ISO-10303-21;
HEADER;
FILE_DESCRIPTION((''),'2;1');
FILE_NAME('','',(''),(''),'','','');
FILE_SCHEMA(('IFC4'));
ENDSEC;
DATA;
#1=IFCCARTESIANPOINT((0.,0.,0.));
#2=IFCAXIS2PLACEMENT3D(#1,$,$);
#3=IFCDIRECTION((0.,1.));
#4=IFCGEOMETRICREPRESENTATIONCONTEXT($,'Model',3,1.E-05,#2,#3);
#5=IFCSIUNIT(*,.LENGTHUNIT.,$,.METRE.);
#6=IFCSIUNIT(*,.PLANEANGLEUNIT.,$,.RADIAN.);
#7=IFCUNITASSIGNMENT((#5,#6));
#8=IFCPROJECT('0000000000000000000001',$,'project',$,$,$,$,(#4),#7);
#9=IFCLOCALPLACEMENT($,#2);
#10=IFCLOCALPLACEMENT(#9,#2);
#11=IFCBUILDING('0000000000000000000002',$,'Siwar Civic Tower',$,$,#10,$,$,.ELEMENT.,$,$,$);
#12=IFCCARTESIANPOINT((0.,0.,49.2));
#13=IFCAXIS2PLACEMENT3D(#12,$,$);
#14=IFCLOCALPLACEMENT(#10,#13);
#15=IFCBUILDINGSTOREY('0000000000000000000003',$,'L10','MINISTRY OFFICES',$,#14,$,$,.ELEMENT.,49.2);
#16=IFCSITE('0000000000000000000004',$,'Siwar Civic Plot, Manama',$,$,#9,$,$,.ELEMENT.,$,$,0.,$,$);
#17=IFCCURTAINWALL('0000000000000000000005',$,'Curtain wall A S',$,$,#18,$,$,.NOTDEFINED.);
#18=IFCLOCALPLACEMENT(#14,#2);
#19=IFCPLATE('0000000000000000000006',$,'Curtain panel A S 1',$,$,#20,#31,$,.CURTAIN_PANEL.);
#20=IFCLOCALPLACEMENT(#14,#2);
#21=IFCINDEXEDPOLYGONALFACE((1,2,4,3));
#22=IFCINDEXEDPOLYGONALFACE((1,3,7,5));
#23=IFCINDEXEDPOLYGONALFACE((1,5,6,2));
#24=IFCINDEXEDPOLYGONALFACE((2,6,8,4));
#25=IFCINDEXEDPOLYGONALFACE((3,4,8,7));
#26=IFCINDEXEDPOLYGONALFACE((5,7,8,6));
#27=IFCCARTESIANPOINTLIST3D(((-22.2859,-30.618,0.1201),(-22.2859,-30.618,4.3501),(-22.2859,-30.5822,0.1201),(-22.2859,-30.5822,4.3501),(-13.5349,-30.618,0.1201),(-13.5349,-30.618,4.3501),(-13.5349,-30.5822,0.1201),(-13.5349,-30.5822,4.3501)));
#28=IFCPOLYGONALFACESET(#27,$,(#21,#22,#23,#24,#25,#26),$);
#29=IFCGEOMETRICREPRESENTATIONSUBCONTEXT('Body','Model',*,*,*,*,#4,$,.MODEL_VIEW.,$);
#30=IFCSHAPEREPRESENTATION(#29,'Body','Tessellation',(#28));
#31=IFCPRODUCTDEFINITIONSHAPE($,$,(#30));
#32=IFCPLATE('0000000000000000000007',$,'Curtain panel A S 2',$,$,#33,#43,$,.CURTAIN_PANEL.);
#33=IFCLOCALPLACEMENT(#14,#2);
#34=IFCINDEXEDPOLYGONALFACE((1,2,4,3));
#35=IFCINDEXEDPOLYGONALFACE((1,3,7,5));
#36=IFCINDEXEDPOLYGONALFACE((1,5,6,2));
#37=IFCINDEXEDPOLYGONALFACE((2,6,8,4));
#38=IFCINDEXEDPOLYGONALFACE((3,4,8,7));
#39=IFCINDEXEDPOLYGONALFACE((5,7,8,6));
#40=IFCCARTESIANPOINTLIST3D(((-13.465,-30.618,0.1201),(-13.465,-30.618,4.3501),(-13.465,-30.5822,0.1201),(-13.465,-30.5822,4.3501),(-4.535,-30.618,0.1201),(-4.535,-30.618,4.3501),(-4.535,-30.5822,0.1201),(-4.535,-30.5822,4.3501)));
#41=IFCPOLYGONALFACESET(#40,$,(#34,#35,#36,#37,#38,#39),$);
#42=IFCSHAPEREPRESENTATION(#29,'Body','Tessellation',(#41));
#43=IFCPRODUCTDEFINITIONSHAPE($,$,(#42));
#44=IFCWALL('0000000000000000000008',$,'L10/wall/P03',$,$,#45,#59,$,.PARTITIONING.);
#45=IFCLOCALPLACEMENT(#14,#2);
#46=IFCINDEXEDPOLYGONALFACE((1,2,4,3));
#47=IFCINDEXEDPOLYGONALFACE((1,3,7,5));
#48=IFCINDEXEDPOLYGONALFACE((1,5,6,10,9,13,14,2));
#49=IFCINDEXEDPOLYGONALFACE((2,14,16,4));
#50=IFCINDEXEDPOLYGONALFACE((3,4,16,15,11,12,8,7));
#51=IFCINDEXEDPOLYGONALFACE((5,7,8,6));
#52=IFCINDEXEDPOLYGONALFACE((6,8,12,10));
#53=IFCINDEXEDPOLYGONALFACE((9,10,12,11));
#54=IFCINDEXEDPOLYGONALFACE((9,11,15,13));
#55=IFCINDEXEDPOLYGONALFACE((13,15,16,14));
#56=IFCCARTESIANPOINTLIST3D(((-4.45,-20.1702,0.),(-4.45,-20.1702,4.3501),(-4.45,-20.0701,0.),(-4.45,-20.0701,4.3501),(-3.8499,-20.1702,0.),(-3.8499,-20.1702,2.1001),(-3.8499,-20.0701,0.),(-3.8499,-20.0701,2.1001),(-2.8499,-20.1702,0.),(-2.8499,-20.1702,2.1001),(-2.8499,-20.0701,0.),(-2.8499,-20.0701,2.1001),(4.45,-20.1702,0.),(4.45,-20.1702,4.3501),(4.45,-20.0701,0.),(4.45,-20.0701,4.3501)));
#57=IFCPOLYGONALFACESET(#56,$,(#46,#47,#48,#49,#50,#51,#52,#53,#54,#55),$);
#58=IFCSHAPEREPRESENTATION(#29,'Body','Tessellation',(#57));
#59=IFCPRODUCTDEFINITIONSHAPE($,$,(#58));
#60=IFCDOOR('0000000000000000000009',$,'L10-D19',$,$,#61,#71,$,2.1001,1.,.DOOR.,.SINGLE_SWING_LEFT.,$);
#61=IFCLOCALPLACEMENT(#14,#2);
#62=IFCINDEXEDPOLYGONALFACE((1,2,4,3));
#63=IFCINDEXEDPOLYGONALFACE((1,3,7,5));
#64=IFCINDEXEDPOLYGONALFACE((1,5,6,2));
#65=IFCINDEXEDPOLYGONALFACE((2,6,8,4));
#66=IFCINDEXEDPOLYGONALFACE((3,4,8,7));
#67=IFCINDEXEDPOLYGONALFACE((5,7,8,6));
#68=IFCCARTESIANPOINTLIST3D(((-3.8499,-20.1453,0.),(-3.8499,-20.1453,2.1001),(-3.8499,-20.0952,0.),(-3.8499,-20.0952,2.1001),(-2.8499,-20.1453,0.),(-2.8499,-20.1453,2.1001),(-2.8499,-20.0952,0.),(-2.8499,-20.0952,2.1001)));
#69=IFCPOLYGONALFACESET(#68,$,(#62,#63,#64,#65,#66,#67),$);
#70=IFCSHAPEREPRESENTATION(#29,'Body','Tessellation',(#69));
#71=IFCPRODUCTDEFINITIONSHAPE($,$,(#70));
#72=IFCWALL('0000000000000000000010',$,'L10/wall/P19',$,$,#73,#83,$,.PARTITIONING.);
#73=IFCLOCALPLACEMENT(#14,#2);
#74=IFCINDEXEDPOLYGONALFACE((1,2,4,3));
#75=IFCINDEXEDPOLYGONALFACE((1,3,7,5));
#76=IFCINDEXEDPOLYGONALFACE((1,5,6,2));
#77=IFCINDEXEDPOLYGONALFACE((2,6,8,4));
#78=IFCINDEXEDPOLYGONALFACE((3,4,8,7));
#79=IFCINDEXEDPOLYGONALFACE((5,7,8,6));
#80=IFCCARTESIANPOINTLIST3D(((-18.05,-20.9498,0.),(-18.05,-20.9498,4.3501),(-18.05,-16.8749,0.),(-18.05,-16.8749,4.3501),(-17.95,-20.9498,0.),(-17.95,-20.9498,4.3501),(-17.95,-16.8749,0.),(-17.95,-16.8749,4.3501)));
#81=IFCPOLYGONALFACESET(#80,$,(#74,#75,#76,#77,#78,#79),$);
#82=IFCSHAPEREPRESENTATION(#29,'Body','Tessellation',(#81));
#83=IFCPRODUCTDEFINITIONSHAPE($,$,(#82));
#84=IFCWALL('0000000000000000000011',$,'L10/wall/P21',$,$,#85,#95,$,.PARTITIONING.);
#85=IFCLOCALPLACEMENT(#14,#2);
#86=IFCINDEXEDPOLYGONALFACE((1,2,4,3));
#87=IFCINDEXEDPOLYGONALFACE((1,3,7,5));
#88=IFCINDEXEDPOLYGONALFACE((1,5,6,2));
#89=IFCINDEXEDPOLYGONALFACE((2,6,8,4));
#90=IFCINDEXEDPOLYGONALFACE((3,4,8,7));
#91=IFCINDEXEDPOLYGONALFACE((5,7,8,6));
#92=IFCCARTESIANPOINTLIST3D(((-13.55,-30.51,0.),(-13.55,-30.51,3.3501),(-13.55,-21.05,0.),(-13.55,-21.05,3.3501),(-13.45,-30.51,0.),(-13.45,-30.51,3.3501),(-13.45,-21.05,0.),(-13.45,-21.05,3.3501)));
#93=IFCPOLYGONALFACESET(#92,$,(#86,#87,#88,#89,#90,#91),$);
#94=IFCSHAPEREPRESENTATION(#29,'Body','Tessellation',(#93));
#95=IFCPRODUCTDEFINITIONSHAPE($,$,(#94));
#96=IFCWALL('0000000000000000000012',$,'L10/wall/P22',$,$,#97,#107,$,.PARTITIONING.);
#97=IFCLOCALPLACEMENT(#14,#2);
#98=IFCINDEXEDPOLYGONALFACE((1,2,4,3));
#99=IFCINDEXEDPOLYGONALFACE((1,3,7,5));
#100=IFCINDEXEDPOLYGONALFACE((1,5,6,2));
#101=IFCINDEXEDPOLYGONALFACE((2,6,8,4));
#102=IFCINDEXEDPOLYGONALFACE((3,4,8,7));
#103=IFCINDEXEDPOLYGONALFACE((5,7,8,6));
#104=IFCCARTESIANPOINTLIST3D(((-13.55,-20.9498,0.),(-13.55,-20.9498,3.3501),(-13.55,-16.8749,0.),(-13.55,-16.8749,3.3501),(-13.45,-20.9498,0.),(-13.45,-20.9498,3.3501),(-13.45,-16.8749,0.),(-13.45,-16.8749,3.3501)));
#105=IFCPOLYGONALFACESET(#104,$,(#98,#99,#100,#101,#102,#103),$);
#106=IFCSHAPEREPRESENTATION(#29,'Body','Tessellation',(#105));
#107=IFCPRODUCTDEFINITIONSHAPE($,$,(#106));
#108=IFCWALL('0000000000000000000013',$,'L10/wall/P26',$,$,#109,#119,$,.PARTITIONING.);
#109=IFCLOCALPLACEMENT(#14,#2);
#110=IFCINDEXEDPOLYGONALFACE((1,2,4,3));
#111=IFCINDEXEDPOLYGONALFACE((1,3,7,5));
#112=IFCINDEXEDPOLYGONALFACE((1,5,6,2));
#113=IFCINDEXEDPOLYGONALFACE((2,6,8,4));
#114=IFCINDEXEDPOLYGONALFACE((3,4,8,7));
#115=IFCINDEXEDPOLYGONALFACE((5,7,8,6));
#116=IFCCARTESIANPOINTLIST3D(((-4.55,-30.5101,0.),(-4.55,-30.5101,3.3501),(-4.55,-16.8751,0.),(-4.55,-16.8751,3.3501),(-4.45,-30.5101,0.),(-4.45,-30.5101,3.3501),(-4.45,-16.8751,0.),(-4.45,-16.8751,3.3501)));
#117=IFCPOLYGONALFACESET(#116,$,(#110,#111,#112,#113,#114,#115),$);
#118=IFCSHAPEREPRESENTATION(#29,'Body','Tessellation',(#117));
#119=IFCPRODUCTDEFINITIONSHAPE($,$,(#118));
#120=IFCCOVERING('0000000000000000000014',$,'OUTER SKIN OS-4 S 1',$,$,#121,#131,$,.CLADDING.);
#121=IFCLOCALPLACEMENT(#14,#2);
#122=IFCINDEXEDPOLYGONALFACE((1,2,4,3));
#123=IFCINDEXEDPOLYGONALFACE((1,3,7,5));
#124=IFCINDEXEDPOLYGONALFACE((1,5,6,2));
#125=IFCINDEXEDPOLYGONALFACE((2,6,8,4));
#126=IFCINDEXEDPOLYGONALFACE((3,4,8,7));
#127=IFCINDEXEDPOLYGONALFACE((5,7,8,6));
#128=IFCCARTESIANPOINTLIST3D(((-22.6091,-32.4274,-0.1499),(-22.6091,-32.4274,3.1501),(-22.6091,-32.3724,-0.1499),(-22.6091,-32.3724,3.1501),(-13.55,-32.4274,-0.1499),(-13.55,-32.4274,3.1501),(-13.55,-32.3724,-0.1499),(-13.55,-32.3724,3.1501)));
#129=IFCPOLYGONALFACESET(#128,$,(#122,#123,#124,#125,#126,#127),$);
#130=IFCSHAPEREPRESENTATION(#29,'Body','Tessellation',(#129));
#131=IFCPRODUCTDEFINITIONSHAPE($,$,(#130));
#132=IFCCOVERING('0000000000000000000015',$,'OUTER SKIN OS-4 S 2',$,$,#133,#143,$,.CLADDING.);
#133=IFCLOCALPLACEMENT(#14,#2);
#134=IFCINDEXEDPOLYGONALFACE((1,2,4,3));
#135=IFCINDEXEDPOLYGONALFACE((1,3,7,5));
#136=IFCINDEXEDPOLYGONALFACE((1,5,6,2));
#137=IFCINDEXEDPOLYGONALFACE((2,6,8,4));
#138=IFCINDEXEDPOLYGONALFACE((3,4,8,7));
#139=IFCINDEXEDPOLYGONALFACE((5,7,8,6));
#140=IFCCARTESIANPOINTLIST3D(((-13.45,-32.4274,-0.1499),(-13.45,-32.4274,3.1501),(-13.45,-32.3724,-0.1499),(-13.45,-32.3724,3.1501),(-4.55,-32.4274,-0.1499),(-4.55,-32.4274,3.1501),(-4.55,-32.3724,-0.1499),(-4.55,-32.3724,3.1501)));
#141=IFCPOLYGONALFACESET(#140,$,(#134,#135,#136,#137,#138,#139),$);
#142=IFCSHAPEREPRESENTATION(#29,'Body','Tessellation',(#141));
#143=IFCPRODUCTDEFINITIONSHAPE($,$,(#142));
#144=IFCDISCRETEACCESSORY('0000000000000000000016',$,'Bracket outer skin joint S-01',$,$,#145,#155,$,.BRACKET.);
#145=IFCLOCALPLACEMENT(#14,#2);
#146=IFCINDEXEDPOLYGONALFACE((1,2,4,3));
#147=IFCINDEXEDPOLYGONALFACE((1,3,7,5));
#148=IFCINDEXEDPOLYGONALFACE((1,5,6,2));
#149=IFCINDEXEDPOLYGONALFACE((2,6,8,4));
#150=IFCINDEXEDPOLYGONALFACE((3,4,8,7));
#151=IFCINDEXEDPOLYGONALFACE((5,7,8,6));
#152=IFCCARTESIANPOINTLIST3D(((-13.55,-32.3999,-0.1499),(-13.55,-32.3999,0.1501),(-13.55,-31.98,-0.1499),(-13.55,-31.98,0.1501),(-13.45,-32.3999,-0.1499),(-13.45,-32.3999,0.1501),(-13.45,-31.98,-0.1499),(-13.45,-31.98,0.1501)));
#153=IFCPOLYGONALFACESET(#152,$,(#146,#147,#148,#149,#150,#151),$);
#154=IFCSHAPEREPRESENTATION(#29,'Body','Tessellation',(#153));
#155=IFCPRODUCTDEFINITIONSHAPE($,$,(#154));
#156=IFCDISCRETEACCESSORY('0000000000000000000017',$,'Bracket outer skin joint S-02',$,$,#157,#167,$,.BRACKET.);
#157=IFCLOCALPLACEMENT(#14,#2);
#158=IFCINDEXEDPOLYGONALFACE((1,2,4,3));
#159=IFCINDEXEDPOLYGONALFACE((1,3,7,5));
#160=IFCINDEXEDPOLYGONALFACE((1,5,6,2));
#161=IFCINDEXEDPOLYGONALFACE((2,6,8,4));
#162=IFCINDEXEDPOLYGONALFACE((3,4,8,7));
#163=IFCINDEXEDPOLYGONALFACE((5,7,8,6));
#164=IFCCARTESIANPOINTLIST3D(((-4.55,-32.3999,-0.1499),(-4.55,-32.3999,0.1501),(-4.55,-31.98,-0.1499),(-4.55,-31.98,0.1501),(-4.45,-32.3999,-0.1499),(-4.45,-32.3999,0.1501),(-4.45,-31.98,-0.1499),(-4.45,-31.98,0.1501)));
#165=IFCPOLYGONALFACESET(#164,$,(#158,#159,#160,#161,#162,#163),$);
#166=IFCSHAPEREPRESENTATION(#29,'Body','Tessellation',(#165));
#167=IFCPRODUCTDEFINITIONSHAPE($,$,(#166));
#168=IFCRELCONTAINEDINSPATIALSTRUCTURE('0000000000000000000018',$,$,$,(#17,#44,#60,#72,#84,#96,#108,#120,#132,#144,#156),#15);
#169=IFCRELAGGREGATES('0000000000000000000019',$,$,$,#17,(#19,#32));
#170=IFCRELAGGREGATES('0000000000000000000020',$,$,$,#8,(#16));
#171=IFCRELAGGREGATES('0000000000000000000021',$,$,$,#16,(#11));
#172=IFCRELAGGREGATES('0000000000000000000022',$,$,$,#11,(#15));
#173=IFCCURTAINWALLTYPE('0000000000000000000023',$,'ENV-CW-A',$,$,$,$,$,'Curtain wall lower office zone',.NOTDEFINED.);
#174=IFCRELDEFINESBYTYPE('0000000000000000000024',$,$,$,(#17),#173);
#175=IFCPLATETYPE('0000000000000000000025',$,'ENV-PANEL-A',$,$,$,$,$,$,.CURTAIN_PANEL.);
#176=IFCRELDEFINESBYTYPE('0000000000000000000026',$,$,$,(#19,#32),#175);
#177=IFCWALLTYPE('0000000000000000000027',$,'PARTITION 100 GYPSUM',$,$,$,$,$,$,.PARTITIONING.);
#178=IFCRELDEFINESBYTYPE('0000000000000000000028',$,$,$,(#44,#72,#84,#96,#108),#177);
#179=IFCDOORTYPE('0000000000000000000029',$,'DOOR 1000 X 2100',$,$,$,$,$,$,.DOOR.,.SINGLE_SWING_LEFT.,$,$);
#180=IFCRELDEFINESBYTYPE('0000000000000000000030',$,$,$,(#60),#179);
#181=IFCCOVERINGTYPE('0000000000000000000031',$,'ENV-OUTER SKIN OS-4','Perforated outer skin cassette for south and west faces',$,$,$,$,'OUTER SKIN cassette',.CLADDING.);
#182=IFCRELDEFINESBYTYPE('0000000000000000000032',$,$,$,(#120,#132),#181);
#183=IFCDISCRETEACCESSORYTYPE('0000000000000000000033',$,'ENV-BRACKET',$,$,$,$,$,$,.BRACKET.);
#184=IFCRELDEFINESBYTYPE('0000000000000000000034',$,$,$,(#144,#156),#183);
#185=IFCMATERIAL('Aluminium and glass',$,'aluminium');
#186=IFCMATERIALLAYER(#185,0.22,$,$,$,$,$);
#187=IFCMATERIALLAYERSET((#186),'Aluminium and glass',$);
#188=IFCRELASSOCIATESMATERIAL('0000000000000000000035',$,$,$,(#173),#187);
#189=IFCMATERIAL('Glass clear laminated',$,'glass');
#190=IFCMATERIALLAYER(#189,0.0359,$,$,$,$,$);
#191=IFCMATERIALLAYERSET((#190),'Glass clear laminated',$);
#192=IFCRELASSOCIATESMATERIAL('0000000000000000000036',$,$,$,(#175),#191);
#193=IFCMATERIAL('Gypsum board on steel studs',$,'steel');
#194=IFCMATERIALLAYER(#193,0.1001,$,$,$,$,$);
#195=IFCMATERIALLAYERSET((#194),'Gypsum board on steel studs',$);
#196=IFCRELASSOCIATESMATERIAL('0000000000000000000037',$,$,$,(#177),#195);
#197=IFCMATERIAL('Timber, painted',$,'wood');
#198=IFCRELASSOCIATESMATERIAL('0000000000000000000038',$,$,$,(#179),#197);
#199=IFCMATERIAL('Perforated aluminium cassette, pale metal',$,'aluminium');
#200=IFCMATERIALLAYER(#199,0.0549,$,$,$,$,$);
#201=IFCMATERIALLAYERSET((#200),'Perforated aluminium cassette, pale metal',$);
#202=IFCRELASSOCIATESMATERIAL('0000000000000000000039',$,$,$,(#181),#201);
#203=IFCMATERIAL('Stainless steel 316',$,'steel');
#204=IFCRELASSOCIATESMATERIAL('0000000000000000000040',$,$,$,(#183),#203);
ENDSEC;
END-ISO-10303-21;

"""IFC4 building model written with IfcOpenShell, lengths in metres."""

from ifc_helpers import new_model, si_unit, direction, frame, frame_2d, origin, origin_2d, place, context, subcontext, project, spatial, rectangle, extrude, material, layer, layer_set, type_object, element, fill, aggregate, save


model = new_model("IFC4")

# Units and contexts
model_context = context("Model", 3, precision=1e-05, world=origin(), true_north=direction((0.0, 1.0)))
body_context = subcontext(model_context, "Body", "Model", "MODEL_VIEW")
ifc_project = project(units=[si_unit("LENGTHUNIT", "METRE"), si_unit("PLANEANGLEUNIT", "RADIAN")], contexts=[model_context])

# Site, building, storey
site_placement = place(None, origin())
site = spatial("IfcSite", under=ifc_project, at=site_placement, Name="Siwar Civic Plot, Manama", CompositionType="ELEMENT", RefElevation=0.0)
building_placement = place(site_placement, origin())
building = spatial("IfcBuilding", under=site, at=building_placement, Name="Siwar Civic Tower", CompositionType="ELEMENT")
storey_placement = place(building_placement, frame((0.0, 0.0, 49.2)))
storey = spatial("IfcBuildingStorey", under=building, at=storey_placement, Name="L10", Description="MINISTRY OFFICES", CompositionType="ELEMENT", Elevation=49.2)

# Curtain wall
ifc_material_1 = material(Name="Aluminium and glass", Category="aluminium")
ifc_layer_1 = layer(ifc_material_1, 0.22)
ifc_layer_set_1 = layer_set([ifc_layer_1], Name="Aluminium and glass")
curtain_wall_type = type_object("IfcCurtainWallType", Name="ENV-CW-A", ElementType="Curtain wall lower office zone", PredefinedType="NOTDEFINED", material=ifc_layer_set_1)
curtain_wall_placement = place(storey_placement, origin())
curtain_wall = element("IfcCurtainWall", 1, at=curtain_wall_placement, inside=storey, type_object=curtain_wall_type, Name="Curtain wall A S", PredefinedType="NOTDEFINED")

# Plates
ifc_material_2 = material(Name="Glass clear laminated", Category="glass")
ifc_layer_2 = layer(ifc_material_2, 0.0359)
ifc_layer_set_2 = layer_set([ifc_layer_2], Name="Glass clear laminated")
plate_type = type_object("IfcPlateType", Name="ENV-PANEL-A", PredefinedType="CURTAIN_PANEL", material=ifc_layer_set_2)
plate_1_placement = place(storey_placement, frame((-17.9104, -30.6001, 0.1201), z_axis=(0.0, 0.0, 1.0), x_axis=(1.0, 0.0, 0.0)))
plate_1 = element("IfcPlate", 2, at=plate_1_placement, type_object=plate_type, Name="Curtain panel A S 1", PredefinedType="CURTAIN_PANEL", context=body_context, shape_type="SweptSolid", body=[
    extrude(rectangle(XDim=8.751, YDim=0.0359, at=origin_2d()), origin(), (0.0, 0.0, 1.0), 4.23),
])
plate_2_placement = place(storey_placement, frame((-9.0, -30.6001, 0.1201), z_axis=(0.0, 0.0, 1.0), x_axis=(1.0, 0.0, 0.0)))
plate_2 = element("IfcPlate", 3, at=plate_2_placement, type_object=plate_type, Name="Curtain panel A S 2", PredefinedType="CURTAIN_PANEL", context=body_context, shape_type="SweptSolid", body=[
    extrude(rectangle(XDim=8.9299, YDim=0.0359, at=origin_2d()), origin(), (0.0, 0.0, 1.0), 4.23),
])
aggregate(curtain_wall, [plate_1, plate_2])

# Wall, opening, door
ifc_material_3 = material(Name="Gypsum board on steel studs", Category="steel")
ifc_layer_3 = layer(ifc_material_3, 0.1001)
ifc_layer_set_3 = layer_set([ifc_layer_3], Name="Gypsum board on steel studs")
wall_type = type_object("IfcWallType", Name="PARTITION 100 GYPSUM", PredefinedType="PARTITIONING", material=ifc_layer_set_3)
wall_1_placement = place(storey_placement, frame((-4.45, -20.1201, 0.0), z_axis=(0.0, 0.0, 1.0), x_axis=(1.0, 0.0, 0.0)))
wall_1 = element("IfcWall", 4, at=wall_1_placement, inside=storey, type_object=wall_type, Name="L10/wall/P03", PredefinedType="PARTITIONING", context=body_context, shape_type="SweptSolid", body=[
    extrude(rectangle(XDim=8.8999, YDim=0.1001, at=frame_2d((4.45, 0.0))), origin(), (0.0, 0.0, 1.0), 4.3501),
])
opening_placement = place(wall_1_placement, frame((0.6001, 0.0, 0.0)))
opening = element("IfcOpeningElement", 5, at=opening_placement, cuts=wall_1, PredefinedType="OPENING", context=body_context, shape_type="SweptSolid", body=[
    extrude(rectangle(XDim=1.0, YDim=2.1001, at=frame_2d((0.5, 1.05))), frame((0.0, 0.0601, 0.0), z_axis=(0.0, -1.0, 0.0), x_axis=(1.0, 0.0, 0.0)), (0.0, 0.0, 1.0), 0.1201),
])
ifc_material_4 = material(Name="Timber, painted", Category="wood")
door_type = type_object("IfcDoorType", Name="DOOR 1000 X 2100", OperationType="SINGLE_SWING_LEFT", PredefinedType="DOOR", material=ifc_material_4)
door_placement = place(opening_placement, origin())
door = element("IfcDoor", 6, at=door_placement, inside=storey, type_object=door_type, Name="L10-D19", OperationType="SINGLE_SWING_LEFT", OverallHeight=2.1001, OverallWidth=1.0, PredefinedType="DOOR", context=body_context, shape_type="SweptSolid", body=[
    extrude(rectangle(XDim=1.0, YDim=2.1001, at=frame_2d((0.5, 1.05))), frame((0.0, 0.0249, 0.0), z_axis=(0.0, -1.0, 0.0), x_axis=(1.0, 0.0, 0.0)), (0.0, 0.0, 1.0), 0.05),
])
fill(opening, door)

# Walls
wall_2_placement = place(storey_placement, frame((-18.0, -20.95, 0.0), z_axis=(0.0, 0.0, 1.0), x_axis=(0.0, 1.0, 0.0)))
element("IfcWall", 7, at=wall_2_placement, inside=storey, type_object=wall_type, Name="L10/wall/P19", PredefinedType="PARTITIONING", context=body_context, shape_type="SweptSolid", body=[
    extrude(rectangle(XDim=4.075, YDim=0.1001, at=frame_2d((2.0376, 0.0))), origin(), (0.0, 0.0, 1.0), 4.3501),
])
wall_3_placement = place(storey_placement, frame((-13.5, -30.51, 0.0), z_axis=(0.0, 0.0, 1.0), x_axis=(0.0, 1.0, 0.0)))
element("IfcWall", 8, at=wall_3_placement, inside=storey, type_object=wall_type, Name="L10/wall/P21", PredefinedType="PARTITIONING", context=body_context, shape_type="SweptSolid", body=[
    extrude(rectangle(XDim=9.46, YDim=0.1001, at=frame_2d((4.73, 0.0))), origin(), (0.0, 0.0, 1.0), 3.3501),
])
wall_4_placement = place(storey_placement, frame((-13.5, -20.95, 0.0), z_axis=(0.0, 0.0, 1.0), x_axis=(0.0, 1.0, 0.0)))
element("IfcWall", 9, at=wall_4_placement, inside=storey, type_object=wall_type, Name="L10/wall/P22", PredefinedType="PARTITIONING", context=body_context, shape_type="SweptSolid", body=[
    extrude(rectangle(XDim=4.075, YDim=0.1001, at=frame_2d((2.0376, 0.0))), origin(), (0.0, 0.0, 1.0), 3.3501),
])
wall_5_placement = place(storey_placement, frame((-4.5, -30.51, 0.0), z_axis=(0.0, 0.0, 1.0), x_axis=(0.0, 1.0, 0.0)))
element("IfcWall", 10, at=wall_5_placement, inside=storey, type_object=wall_type, Name="L10/wall/P26", PredefinedType="PARTITIONING", context=body_context, shape_type="SweptSolid", body=[
    extrude(rectangle(XDim=13.635, YDim=0.1001, at=frame_2d((6.8174, 0.0))), origin(), (0.0, 0.0, 1.0), 3.3501),
])

# Coverings
ifc_material_5 = material(Name="Perforated aluminium cassette, pale metal", Category="aluminium")
ifc_layer_4 = layer(ifc_material_5, 0.0549)
ifc_layer_set_4 = layer_set([ifc_layer_4], Name="Perforated aluminium cassette, pale metal")
covering_type = type_object("IfcCoveringType", Name="ENV-OUTER SKIN OS-4", Description="Perforated outer skin cassette for south and west faces", ElementType="OUTER SKIN cassette", PredefinedType="CLADDING", material=ifc_layer_set_4)
covering_1_placement = place(storey_placement, frame((-18.0796, -32.3999, -0.1499), z_axis=(0.0, 0.0, 1.0), x_axis=(1.0, 0.0, 0.0)))
element("IfcCovering", 11, at=covering_1_placement, inside=storey, type_object=covering_type, Name="OUTER SKIN OS-4 S 1", PredefinedType="CLADDING", context=body_context, shape_type="SweptSolid", body=[
    extrude(rectangle(XDim=9.0591, YDim=0.0549, at=origin_2d()), origin(), (0.0, 0.0, 1.0), 3.3),
])
covering_2_placement = place(storey_placement, frame((-9.0, -32.3999, -0.1499), z_axis=(0.0, 0.0, 1.0), x_axis=(1.0, 0.0, 0.0)))
element("IfcCovering", 12, at=covering_2_placement, inside=storey, type_object=covering_type, Name="OUTER SKIN OS-4 S 2", PredefinedType="CLADDING", context=body_context, shape_type="SweptSolid", body=[
    extrude(rectangle(XDim=8.8999, YDim=0.0549, at=origin_2d()), origin(), (0.0, 0.0, 1.0), 3.3),
])

# Discrete accessories
ifc_material_6 = material(Name="Stainless steel 316", Category="steel")
discrete_accessory_type = type_object("IfcDiscreteAccessoryType", Name="ENV-BRACKET", PredefinedType="BRACKET", material=ifc_material_6)
for number, where, z_axis, x_axis, name in (
    (13, (-13.5, -32.1899, -0.1499), (0.0, 0.0, 1.0), (0.0, -1.0, 0.0), "Bracket outer skin joint S-01"),
    (14, (-4.5, -32.1899, -0.1499), (0.0, 0.0, 1.0), (0.0, -1.0, 0.0), "Bracket outer skin joint S-02"),
):
    element("IfcDiscreteAccessory", number, at=place(storey_placement, frame(where, z_axis=z_axis, x_axis=x_axis)), inside=storey, type_object=discrete_accessory_type, Name=name, PredefinedType="BRACKET", context=body_context, shape_type="SweptSolid", body=[
        extrude(rectangle(XDim=0.4199, YDim=0.1001, at=origin_2d()), origin(), (0.0, 0.0, 1.0), 0.3),
    ])

save(model, "model.ifc")
